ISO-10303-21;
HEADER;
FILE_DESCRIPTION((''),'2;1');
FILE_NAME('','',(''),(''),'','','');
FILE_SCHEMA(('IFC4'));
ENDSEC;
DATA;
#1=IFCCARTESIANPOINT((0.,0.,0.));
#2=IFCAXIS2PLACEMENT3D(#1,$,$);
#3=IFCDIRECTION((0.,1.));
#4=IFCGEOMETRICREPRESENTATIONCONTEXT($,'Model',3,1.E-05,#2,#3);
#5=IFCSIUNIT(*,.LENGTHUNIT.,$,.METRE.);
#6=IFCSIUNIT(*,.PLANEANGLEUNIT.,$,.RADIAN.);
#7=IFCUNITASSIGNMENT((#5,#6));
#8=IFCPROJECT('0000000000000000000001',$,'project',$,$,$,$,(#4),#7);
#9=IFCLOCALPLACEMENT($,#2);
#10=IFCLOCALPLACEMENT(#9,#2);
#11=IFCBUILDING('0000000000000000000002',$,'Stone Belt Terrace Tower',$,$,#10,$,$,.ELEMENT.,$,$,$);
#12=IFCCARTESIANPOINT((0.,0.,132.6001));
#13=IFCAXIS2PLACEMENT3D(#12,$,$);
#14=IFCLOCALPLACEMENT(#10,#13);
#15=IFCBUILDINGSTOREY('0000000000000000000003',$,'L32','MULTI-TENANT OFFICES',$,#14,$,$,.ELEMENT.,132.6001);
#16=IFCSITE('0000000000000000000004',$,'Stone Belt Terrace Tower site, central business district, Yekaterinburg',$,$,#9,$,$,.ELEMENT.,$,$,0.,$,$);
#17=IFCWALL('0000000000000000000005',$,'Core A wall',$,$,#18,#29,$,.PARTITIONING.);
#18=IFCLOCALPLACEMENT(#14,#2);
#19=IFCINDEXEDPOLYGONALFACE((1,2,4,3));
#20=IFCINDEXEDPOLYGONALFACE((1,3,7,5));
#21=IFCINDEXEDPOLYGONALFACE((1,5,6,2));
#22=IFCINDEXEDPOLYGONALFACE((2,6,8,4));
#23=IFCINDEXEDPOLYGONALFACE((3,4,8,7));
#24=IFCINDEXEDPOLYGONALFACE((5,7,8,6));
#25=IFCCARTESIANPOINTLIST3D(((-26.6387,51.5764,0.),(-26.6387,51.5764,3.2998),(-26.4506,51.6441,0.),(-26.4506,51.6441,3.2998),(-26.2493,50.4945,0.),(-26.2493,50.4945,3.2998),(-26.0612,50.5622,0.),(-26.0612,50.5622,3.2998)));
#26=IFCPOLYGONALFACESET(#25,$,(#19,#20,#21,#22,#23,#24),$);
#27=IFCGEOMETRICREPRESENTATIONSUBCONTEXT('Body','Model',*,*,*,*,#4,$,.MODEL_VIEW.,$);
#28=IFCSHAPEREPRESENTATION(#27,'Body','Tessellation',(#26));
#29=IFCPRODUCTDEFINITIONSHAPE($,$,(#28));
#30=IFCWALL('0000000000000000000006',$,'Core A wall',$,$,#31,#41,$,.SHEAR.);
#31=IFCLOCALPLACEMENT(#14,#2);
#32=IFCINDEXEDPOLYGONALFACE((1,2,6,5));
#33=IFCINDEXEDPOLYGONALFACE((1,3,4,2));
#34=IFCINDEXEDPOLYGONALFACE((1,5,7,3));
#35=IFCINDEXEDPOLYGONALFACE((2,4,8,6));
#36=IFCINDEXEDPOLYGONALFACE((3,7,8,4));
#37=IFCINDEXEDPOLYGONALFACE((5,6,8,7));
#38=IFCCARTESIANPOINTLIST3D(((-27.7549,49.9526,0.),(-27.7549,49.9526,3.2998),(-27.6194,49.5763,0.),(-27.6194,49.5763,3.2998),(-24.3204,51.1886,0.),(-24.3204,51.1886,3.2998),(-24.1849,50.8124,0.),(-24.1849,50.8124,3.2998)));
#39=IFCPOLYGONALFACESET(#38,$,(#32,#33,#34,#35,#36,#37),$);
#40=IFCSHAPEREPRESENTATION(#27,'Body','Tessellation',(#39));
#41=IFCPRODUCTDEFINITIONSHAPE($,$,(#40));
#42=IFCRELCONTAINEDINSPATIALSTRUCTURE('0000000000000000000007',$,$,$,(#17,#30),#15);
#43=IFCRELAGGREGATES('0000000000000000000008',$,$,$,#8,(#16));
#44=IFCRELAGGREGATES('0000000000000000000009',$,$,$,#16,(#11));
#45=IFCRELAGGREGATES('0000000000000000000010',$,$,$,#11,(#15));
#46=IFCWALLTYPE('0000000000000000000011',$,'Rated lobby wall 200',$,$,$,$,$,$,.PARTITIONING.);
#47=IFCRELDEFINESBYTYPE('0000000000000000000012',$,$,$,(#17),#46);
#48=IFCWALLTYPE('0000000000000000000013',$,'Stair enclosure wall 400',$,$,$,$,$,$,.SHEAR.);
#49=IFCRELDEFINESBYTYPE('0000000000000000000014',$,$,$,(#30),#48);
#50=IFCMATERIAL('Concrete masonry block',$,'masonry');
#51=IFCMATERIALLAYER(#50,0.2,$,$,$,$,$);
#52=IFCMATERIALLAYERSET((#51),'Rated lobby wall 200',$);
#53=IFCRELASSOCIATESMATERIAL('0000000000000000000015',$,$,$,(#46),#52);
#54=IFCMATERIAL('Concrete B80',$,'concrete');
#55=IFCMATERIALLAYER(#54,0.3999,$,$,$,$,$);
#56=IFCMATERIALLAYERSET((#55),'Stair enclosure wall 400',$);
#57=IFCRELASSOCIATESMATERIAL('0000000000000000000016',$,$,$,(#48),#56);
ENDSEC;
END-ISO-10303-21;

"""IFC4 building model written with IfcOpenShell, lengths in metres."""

from ifc_helpers import new_model, si_unit, direction, frame, frame_2d, origin, place, context, subcontext, project, spatial, rectangle, extrude, material, layer, layer_set, type_object, element, save


model = new_model("IFC4")

# Units and contexts
model_context = context("Model", 3, precision=1e-05, world=origin(), true_north=direction((0.0, 1.0)))
body_context = subcontext(model_context, "Body", "Model", "MODEL_VIEW")
ifc_project = project(units=[si_unit("LENGTHUNIT", "METRE"), si_unit("PLANEANGLEUNIT", "RADIAN")], contexts=[model_context])

# Site, building, storey
site_placement = place(None, origin())
site = spatial("IfcSite", under=ifc_project, at=site_placement, Name="Stone Belt Terrace Tower site, central business district, Yekaterinburg", CompositionType="ELEMENT", RefElevation=0.0)
building_placement = place(site_placement, origin())
building = spatial("IfcBuilding", under=site, at=building_placement, Name="Stone Belt Terrace Tower", CompositionType="ELEMENT")
storey_placement = place(building_placement, frame((0.0, 0.0, 132.6001)))
storey = spatial("IfcBuildingStorey", under=building, at=storey_placement, Name="L32", Description="MULTI-TENANT OFFICES", CompositionType="ELEMENT", Elevation=132.6001)

# Shared definitions
ifc_material_1 = material(Name="Concrete B80", Category="concrete")

# Walls
ifc_material_2 = material(Name="Concrete masonry block", Category="masonry")
ifc_layer_1 = layer(ifc_material_2, 0.2)
ifc_layer_set_1 = layer_set([ifc_layer_1], Name="Rated lobby wall 200")
wall_type_1 = type_object("IfcWallType", Name="Rated lobby wall 200", PredefinedType="PARTITIONING", material=ifc_layer_set_1)
wall_1_placement = place(storey_placement, frame((-26.1553, 50.5283, 0.0), z_axis=(0.0, 0.0, 1.0), x_axis=(-0.338622, 0.940923, 0.0)))
element("IfcWall", 1, at=wall_1_placement, inside=storey, type_object=wall_type_1, Name="Core A wall", PredefinedType="PARTITIONING", context=body_context, shape_type="SweptSolid", body=[
    extrude(rectangle(XDim=1.1499, YDim=0.2, at=frame_2d((0.575, 0.0))), origin(), (0.0, 0.0, 1.0), 3.2998),
])
ifc_layer_2 = layer(ifc_material_1, 0.3999)
ifc_layer_set_2 = layer_set([ifc_layer_2], Name="Stair enclosure wall 400")
wall_type_2 = type_object("IfcWallType", Name="Stair enclosure wall 400", PredefinedType="SHEAR", material=ifc_layer_set_2)
wall_2_placement = place(storey_placement, frame((-27.6873, 49.7644, 0.0), z_axis=(0.0, 0.0, 1.0), x_axis=(0.940919, 0.338632, 0.0)))
element("IfcWall", 2, at=wall_2_placement, inside=storey, type_object=wall_type_2, Name="Core A wall", PredefinedType="SHEAR", context=body_context, shape_type="SweptSolid", body=[
    extrude(rectangle(XDim=3.6501, YDim=0.3999, at=frame_2d((1.8252, 0.0))), origin(), (0.0, 0.0, 1.0), 3.2998),
])

save(model, "model.ifc")
